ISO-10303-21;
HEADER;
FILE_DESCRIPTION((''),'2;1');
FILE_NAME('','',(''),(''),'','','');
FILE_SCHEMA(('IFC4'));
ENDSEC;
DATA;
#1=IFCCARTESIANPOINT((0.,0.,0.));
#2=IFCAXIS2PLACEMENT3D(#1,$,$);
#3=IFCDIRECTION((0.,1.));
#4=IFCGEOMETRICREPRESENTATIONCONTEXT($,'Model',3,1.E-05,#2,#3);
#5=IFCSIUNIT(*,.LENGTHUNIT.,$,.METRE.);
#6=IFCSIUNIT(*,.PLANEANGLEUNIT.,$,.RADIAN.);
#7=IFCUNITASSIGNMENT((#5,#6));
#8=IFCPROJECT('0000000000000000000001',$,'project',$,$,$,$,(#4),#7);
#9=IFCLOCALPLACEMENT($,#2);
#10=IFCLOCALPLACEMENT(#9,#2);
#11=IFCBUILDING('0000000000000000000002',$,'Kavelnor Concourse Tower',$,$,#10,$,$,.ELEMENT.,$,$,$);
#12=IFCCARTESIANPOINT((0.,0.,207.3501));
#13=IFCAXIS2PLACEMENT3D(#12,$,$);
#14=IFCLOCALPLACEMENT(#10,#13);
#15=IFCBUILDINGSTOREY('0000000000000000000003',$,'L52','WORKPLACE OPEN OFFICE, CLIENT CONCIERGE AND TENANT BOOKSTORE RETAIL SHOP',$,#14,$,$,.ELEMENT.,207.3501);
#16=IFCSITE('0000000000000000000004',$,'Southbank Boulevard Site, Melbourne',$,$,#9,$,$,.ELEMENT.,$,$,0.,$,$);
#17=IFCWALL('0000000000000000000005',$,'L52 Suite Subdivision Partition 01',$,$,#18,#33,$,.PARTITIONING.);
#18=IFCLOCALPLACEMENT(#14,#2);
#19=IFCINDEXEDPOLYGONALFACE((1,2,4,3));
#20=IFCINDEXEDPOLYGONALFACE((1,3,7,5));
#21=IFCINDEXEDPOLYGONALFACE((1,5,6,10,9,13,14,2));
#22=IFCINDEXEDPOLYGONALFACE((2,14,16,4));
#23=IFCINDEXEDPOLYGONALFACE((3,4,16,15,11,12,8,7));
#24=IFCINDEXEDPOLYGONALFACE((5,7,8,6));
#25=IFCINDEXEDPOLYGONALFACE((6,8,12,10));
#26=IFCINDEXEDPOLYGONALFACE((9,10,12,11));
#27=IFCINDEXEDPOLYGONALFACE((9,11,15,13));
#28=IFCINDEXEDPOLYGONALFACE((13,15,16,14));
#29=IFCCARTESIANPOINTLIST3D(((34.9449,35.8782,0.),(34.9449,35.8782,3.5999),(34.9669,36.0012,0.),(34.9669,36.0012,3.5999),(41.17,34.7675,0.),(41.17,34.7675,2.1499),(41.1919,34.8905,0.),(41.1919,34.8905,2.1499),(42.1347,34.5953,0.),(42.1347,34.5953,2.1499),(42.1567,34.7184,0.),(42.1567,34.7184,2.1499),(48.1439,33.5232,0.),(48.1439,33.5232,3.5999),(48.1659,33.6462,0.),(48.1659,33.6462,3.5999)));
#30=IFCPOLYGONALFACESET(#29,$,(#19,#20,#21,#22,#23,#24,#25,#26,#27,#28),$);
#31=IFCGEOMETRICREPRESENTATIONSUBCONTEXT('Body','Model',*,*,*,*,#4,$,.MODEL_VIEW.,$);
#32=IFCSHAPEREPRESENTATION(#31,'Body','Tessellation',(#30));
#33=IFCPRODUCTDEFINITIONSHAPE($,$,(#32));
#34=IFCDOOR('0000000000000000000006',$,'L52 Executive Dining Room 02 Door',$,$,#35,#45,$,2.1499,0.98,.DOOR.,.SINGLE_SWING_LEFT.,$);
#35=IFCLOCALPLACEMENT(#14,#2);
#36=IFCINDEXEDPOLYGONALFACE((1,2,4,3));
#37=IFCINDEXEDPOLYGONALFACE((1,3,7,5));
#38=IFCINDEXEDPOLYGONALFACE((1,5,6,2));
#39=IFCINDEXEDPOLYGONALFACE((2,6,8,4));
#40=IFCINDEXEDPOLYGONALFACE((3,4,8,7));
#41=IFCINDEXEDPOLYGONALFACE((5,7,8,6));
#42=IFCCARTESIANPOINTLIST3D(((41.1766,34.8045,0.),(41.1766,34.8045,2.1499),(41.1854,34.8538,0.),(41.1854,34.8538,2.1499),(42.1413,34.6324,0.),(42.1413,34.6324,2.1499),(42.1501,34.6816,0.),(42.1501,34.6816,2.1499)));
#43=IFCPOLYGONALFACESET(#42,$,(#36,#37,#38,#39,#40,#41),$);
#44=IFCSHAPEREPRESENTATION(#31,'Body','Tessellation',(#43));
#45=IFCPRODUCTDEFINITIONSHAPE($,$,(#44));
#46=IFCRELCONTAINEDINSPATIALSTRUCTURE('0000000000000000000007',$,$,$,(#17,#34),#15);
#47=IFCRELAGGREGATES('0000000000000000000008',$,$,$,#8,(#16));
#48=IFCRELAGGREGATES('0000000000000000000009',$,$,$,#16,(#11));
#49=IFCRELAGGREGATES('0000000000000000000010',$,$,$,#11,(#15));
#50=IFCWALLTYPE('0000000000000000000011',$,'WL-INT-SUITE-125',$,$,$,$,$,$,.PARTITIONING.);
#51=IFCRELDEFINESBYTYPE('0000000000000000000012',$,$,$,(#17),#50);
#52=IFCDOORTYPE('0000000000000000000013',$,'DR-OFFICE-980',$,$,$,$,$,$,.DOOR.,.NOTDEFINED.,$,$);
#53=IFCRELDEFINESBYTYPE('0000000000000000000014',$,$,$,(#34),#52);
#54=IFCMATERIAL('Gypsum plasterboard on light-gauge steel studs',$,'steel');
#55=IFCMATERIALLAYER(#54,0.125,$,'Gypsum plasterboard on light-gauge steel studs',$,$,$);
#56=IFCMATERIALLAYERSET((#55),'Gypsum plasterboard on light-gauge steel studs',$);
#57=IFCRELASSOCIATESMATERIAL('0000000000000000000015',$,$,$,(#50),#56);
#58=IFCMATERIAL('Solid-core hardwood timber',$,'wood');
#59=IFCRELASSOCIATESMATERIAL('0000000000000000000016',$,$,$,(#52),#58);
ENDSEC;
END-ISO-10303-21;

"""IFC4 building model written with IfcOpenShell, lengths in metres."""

from ifc_helpers import new_model, si_unit, direction, frame, frame_2d, origin, place, context, subcontext, project, spatial, rectangle, extrude, material, layer, layer_set, type_object, element, fill, save


model = new_model("IFC4")

# Units and contexts
model_context = context("Model", 3, precision=1e-05, world=origin(), true_north=direction((0.0, 1.0)))
body_context = subcontext(model_context, "Body", "Model", "MODEL_VIEW")
ifc_project = project(units=[si_unit("LENGTHUNIT", "METRE"), si_unit("PLANEANGLEUNIT", "RADIAN")], contexts=[model_context])

# Site, building, storey
site_placement = place(None, origin())
site = spatial("IfcSite", under=ifc_project, at=site_placement, Name="Southbank Boulevard Site, Melbourne", CompositionType="ELEMENT", RefElevation=0.0)
building_placement = place(site_placement, origin())
building = spatial("IfcBuilding", under=site, at=building_placement, Name="Kavelnor Concourse Tower", CompositionType="ELEMENT")
storey_placement = place(building_placement, frame((0.0, 0.0, 207.3501)))
storey = spatial("IfcBuildingStorey", under=building, at=storey_placement, Name="L52", Description="WORKPLACE OPEN OFFICE, CLIENT CONCIERGE AND TENANT BOOKSTORE RETAIL SHOP", CompositionType="ELEMENT", Elevation=207.3501)

# Shared definitions
ifc_material_1 = material(Name="Gypsum plasterboard on light-gauge steel studs", Category="steel")

# Wall, opening, door
ifc_layer_1 = layer(ifc_material_1, 0.125, Name="Gypsum plasterboard on light-gauge steel studs")
ifc_layer_set_1 = layer_set([ifc_layer_1], Name="Gypsum plasterboard on light-gauge steel studs")
wall_type_1 = type_object("IfcWallType", Name="WL-INT-SUITE-125", PredefinedType="PARTITIONING", material=ifc_layer_set_1)
wall_1_placement = place(storey_placement, frame((48.1548, 33.5847, 0.0), z_axis=(0.0, 0.0, 1.0), x_axis=(-0.984453, 0.175648, 0.0)))
wall_1 = element("IfcWall", 1, at=wall_1_placement, inside=storey, type_object=wall_type_1, Name="L52 Suite Subdivision Partition 01", PredefinedType="PARTITIONING", context=body_context, shape_type="SweptSolid", body=[
    extrude(rectangle(XDim=13.4075, YDim=0.125, at=frame_2d((6.7036, 0.0))), origin(), (0.0, 0.0, 1.0), 3.5999),
])
opening_1_placement = place(wall_1_placement, frame((6.104, 0.0, 0.0)))
opening_1 = element("IfcOpeningElement", 2, at=opening_1_placement, cuts=wall_1, PredefinedType="OPENING", context=body_context, shape_type="SweptSolid", body=[
    extrude(rectangle(XDim=0.98, YDim=2.1499, at=frame_2d((0.49, 1.075))), frame((0.0, 0.0725, 0.0), z_axis=(0.0, -1.0, 0.0), x_axis=(1.0, 0.0, 0.0)), (0.0, 0.0, 1.0), 0.145),
])
ifc_material_2 = material(Name="Solid-core hardwood timber", Category="wood")
door_type_1 = type_object("IfcDoorType", Name="DR-OFFICE-980", OperationType="NOTDEFINED", PredefinedType="DOOR", material=ifc_material_2)
door_1_placement = place(opening_1_placement, origin())
door_1 = element("IfcDoor", 3, at=door_1_placement, inside=storey, type_object=door_type_1, Name="L52 Executive Dining Room 02 Door", OperationType="SINGLE_SWING_LEFT", OverallHeight=2.1499, OverallWidth=0.98, PredefinedType="DOOR", context=body_context, shape_type="SweptSolid", body=[
    extrude(rectangle(XDim=0.98, YDim=2.1499, at=frame_2d((0.49, 1.075))), frame((0.0, 0.0249, 0.0), z_axis=(0.0, -1.0, 0.0), x_axis=(1.0, 0.0, 0.0)), (0.0, 0.0, 1.0), 0.05),
])
fill(opening_1, door_1)

save(model, "model.ifc")
